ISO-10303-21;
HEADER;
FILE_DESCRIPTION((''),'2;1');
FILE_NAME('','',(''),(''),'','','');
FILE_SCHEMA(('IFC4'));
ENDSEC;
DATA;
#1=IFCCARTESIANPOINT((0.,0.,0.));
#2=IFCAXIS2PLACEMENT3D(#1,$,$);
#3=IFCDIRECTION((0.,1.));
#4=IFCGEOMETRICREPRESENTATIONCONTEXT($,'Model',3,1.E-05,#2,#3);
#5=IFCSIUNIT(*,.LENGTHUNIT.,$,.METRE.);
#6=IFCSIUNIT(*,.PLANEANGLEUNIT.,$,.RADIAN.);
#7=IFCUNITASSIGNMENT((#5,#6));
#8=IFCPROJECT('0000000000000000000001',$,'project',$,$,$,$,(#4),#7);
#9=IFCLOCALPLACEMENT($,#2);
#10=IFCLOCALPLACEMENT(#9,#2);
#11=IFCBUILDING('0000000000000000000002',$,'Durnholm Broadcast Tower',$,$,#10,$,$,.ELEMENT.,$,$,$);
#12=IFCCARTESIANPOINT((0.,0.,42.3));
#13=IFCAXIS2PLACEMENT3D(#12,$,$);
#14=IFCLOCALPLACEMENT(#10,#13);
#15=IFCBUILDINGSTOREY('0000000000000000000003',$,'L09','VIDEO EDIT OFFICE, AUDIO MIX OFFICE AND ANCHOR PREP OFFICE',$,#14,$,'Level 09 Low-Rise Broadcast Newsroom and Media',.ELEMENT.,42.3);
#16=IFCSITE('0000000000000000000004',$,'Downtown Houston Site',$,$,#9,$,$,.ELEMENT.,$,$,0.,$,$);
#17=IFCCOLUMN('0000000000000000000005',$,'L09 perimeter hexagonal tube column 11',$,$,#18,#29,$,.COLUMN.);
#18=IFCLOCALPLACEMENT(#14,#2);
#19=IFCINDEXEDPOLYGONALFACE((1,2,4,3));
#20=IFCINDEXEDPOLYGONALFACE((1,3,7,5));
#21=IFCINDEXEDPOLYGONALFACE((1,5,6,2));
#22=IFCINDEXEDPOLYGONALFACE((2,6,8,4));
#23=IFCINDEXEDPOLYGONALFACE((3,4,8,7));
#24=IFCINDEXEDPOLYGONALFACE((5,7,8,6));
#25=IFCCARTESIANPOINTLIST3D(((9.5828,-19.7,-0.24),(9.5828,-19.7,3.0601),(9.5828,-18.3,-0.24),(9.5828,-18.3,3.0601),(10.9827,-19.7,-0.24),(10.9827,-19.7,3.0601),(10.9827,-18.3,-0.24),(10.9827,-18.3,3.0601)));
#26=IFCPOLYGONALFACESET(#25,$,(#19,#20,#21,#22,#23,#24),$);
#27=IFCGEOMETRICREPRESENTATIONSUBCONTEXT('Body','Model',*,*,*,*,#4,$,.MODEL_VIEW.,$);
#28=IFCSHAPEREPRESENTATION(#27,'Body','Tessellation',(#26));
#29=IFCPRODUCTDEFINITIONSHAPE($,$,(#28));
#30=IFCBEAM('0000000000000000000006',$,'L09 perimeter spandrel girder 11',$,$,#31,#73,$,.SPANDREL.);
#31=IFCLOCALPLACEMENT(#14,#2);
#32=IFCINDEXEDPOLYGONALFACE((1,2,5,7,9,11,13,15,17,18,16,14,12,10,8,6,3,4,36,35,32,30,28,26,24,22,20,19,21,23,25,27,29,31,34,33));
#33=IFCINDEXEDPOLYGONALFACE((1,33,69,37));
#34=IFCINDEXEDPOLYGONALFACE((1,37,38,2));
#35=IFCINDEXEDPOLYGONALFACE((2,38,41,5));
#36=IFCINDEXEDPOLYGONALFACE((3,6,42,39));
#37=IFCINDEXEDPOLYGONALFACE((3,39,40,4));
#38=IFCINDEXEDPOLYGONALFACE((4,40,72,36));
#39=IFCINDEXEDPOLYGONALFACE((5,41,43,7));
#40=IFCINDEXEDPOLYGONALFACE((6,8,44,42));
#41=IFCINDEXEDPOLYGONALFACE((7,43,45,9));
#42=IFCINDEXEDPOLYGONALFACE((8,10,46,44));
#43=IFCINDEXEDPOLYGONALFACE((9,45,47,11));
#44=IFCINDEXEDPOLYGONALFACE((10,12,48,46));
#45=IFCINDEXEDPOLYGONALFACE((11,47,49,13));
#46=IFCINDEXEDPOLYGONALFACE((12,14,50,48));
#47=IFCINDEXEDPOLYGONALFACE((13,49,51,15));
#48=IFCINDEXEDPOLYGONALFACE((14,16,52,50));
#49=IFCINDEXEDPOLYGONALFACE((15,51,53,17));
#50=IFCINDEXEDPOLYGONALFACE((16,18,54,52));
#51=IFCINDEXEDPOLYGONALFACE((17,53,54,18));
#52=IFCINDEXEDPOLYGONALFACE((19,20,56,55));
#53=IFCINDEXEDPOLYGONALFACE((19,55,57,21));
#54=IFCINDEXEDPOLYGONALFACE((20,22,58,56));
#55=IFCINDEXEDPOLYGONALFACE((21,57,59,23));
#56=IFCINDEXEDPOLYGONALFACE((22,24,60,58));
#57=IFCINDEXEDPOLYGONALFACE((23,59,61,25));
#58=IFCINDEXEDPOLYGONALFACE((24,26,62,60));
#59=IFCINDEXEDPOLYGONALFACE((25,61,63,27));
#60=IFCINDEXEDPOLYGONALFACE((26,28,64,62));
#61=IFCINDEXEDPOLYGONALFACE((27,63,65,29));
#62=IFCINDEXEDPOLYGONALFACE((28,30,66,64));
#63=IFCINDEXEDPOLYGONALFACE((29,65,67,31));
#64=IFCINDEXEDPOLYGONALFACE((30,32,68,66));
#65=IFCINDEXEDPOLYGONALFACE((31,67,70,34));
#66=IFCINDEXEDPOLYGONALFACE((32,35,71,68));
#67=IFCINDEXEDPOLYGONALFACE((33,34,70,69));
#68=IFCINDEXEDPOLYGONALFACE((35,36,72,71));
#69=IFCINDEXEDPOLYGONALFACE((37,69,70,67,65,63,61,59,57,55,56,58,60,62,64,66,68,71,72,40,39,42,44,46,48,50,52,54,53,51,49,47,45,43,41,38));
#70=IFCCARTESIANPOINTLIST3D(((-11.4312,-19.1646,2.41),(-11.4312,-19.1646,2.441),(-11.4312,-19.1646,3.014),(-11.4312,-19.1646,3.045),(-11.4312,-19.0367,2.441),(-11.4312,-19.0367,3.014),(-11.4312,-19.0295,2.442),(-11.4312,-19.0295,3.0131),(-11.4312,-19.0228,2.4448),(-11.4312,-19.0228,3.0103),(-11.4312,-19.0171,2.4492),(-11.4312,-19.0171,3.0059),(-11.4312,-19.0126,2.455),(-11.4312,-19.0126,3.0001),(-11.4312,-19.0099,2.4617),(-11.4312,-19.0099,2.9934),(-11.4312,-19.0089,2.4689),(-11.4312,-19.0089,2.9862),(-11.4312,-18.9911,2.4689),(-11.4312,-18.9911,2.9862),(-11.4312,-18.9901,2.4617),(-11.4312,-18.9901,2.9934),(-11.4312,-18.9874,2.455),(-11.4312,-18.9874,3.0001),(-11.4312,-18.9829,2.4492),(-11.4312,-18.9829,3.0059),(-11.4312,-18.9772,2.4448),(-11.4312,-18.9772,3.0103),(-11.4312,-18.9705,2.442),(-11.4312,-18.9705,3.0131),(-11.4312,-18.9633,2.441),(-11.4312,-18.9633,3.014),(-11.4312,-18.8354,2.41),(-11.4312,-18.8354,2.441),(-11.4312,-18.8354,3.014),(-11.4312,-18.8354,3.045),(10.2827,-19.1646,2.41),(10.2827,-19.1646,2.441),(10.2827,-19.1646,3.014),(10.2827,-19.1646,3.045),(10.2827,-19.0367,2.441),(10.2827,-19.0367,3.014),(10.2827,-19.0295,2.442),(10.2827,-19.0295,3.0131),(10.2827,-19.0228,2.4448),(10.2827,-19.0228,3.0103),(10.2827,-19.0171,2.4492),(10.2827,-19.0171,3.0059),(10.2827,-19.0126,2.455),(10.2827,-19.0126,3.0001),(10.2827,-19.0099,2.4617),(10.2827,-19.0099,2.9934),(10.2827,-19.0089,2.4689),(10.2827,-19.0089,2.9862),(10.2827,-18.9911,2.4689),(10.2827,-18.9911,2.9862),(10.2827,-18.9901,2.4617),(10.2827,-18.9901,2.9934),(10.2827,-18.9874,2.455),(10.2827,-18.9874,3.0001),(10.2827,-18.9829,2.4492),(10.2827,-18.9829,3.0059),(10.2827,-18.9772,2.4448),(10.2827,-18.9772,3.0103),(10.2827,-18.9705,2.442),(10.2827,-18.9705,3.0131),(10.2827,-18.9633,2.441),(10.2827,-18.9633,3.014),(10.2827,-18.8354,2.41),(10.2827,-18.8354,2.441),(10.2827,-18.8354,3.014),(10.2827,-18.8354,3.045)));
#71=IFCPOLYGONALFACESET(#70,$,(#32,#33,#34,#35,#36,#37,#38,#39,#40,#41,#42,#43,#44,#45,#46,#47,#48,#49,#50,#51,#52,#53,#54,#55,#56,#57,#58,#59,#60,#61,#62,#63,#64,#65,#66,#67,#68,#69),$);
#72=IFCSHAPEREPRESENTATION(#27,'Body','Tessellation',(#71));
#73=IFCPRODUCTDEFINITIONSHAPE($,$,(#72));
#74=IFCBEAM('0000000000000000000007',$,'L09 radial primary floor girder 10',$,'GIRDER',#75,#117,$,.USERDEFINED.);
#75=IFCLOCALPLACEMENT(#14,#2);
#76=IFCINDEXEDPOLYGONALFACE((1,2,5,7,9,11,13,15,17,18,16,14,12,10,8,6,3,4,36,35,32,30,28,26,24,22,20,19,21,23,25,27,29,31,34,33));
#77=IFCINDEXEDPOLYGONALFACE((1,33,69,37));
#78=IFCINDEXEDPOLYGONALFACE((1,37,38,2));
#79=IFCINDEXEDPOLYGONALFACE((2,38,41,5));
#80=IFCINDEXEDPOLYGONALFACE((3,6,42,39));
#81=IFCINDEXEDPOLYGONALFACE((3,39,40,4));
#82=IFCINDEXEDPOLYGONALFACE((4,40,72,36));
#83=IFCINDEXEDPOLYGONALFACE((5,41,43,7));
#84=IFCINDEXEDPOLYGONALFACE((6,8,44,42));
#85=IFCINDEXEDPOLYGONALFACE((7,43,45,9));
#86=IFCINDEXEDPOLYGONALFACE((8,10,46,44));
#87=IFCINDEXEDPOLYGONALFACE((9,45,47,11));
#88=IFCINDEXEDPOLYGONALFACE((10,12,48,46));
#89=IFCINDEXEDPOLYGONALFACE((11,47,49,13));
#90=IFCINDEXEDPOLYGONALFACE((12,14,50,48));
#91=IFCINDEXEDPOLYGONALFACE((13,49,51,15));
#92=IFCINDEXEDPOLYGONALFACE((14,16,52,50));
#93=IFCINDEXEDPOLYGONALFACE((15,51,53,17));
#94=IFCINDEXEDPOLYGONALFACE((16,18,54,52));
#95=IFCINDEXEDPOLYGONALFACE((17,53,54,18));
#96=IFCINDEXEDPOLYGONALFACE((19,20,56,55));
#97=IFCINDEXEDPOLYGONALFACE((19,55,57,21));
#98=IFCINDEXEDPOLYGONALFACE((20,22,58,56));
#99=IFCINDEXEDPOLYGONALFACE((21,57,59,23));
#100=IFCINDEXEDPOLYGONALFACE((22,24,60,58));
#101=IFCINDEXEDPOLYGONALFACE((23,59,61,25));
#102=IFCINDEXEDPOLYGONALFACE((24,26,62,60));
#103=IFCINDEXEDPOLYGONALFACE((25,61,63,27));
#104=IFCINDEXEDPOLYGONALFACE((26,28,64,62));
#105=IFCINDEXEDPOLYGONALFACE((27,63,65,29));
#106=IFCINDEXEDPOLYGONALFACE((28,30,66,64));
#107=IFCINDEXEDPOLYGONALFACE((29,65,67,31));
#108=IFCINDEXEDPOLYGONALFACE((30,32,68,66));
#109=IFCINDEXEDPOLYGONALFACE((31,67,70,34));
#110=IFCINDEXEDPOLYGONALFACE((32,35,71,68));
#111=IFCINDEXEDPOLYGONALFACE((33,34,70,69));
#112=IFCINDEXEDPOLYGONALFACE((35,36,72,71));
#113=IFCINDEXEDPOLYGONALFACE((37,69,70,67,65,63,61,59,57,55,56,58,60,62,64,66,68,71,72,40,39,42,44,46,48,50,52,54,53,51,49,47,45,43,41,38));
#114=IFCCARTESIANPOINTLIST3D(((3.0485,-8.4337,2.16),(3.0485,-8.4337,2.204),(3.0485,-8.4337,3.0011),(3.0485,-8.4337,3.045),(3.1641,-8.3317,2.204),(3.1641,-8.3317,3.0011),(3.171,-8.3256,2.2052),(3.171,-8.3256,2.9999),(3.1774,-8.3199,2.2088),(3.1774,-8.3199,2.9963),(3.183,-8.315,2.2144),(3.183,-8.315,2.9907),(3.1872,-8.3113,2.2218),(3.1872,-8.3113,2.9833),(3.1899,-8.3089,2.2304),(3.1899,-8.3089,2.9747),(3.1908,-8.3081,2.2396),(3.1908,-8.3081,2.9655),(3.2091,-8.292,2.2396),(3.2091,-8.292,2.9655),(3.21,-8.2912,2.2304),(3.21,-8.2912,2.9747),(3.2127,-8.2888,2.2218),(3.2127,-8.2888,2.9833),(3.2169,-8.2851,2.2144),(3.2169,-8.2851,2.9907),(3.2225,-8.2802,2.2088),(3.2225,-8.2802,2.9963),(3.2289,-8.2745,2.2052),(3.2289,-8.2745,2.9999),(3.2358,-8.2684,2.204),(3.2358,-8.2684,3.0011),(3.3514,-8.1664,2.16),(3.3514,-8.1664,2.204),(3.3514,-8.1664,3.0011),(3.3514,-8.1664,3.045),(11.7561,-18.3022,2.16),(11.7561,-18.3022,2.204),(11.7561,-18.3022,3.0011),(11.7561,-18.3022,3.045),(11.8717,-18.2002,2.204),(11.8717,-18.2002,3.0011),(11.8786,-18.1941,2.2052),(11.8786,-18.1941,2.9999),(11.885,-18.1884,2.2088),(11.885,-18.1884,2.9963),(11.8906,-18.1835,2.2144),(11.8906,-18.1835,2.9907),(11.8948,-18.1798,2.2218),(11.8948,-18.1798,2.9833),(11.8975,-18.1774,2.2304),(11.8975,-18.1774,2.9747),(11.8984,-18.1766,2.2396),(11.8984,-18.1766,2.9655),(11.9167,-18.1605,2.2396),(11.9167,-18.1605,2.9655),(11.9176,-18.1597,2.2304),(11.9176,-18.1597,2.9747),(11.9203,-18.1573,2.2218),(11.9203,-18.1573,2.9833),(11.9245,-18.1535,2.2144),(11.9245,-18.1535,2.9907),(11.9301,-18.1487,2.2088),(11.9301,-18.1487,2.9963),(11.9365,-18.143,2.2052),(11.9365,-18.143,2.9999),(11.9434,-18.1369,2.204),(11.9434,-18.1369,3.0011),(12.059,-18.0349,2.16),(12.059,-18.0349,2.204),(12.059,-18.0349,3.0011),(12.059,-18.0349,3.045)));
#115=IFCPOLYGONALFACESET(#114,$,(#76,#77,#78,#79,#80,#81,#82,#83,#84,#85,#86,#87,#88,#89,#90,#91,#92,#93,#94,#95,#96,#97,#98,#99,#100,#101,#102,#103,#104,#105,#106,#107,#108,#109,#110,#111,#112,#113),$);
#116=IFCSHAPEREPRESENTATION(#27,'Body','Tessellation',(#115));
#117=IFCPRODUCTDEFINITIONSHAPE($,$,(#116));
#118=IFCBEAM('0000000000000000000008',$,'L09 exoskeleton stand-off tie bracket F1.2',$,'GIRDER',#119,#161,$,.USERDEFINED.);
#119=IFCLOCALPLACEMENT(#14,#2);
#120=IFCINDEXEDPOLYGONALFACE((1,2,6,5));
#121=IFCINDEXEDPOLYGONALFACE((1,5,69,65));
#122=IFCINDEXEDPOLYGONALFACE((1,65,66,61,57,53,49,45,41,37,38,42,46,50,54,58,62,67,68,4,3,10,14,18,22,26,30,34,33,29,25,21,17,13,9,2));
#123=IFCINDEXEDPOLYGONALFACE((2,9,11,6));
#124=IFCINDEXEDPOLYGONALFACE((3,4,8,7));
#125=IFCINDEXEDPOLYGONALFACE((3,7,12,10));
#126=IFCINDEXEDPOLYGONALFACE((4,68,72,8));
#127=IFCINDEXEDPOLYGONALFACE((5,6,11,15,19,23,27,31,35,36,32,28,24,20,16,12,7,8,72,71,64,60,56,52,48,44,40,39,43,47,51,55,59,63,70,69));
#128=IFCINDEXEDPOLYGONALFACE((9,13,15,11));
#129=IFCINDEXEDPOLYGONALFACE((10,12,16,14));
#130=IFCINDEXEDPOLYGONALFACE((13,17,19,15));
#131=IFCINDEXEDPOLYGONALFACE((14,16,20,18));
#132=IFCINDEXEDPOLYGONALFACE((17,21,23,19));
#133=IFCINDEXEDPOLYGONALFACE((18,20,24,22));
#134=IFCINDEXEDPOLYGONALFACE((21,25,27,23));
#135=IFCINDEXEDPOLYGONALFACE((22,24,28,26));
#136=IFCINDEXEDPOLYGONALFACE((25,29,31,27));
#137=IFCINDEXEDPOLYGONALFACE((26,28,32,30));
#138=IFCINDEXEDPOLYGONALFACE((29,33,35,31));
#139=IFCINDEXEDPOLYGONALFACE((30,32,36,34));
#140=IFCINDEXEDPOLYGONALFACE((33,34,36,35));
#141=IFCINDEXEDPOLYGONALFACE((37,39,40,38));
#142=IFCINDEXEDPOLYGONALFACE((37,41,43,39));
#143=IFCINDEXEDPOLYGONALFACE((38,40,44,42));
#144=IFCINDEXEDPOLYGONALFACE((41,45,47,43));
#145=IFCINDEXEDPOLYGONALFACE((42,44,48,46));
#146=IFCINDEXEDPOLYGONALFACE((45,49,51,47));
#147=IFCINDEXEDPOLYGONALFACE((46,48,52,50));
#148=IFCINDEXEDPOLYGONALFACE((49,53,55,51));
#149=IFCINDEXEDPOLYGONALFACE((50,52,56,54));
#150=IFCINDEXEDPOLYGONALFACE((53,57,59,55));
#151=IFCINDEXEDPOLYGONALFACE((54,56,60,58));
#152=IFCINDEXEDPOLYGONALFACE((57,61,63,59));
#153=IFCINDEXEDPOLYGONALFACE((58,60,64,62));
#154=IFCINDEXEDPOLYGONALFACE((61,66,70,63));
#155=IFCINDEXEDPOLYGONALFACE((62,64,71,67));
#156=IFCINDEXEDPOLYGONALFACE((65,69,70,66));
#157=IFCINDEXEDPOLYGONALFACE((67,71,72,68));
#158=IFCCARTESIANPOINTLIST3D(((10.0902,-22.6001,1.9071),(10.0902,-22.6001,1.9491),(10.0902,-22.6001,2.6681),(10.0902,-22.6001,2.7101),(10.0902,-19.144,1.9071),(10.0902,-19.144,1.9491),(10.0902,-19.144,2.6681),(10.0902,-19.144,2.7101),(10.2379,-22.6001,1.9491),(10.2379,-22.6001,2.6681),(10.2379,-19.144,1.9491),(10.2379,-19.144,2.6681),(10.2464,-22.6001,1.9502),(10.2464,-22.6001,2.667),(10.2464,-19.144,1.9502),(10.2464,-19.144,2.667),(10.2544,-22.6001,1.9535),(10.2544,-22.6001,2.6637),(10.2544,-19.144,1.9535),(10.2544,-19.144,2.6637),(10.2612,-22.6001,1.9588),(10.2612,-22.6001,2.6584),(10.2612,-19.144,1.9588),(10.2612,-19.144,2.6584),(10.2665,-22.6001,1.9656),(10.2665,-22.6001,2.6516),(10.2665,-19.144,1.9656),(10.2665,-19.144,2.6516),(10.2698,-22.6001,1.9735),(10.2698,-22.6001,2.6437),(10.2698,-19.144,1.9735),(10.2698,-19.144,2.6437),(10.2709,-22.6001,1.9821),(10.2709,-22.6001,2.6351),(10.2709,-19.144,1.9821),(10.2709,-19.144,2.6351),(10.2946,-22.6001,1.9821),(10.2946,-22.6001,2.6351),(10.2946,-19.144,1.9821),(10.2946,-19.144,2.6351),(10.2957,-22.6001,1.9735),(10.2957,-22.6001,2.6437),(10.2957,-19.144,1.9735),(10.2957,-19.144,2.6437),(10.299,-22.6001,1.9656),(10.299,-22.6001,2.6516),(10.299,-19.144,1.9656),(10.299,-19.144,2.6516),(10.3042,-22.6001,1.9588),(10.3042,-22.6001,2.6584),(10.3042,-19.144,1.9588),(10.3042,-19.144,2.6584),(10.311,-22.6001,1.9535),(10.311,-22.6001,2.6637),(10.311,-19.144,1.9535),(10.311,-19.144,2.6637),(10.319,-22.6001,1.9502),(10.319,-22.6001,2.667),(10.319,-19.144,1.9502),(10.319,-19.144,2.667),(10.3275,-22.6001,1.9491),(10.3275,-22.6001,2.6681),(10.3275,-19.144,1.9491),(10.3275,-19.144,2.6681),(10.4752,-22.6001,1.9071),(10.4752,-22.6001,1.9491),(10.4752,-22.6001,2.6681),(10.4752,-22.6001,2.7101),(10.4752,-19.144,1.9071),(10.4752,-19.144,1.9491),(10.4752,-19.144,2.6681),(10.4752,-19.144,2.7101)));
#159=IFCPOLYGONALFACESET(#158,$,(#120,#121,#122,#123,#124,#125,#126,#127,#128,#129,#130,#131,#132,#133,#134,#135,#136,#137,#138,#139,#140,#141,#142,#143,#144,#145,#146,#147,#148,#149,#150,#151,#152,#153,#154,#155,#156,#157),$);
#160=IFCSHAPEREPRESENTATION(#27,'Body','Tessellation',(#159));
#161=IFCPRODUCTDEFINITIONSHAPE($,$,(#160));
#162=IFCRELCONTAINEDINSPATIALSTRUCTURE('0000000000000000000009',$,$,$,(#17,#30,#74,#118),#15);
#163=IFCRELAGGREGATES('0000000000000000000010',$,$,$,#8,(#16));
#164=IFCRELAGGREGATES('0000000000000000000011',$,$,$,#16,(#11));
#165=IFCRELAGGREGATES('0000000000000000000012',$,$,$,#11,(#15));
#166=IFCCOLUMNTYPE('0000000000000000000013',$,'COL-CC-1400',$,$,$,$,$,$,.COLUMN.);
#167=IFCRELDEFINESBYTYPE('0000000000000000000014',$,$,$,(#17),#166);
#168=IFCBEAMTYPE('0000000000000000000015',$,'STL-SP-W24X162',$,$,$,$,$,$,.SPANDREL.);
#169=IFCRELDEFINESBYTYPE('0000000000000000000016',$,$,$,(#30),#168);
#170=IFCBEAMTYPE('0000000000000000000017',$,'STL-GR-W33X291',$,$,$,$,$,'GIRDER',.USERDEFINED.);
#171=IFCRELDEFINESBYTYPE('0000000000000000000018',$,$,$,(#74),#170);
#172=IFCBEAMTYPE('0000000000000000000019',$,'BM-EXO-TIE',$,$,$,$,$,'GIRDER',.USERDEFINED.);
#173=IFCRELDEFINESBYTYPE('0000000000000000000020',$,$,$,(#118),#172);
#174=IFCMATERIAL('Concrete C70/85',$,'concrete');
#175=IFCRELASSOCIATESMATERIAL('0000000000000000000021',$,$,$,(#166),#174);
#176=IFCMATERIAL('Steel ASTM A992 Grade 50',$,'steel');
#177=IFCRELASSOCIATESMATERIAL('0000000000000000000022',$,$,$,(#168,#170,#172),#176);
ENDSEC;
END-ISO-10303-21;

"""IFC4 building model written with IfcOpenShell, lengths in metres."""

from ifc_helpers import new_model, si_unit, direction, frame, origin, origin_2d, place, context, subcontext, project, spatial, rectangle, i_section, extrude, source, transform, mapped, material, material_profile, profile_set, type_object, type_shapes, element, save


model = new_model("IFC4")

# Units and contexts
model_context = context("Model", 3, precision=1e-05, world=origin(), true_north=direction((0.0, 1.0)))
body_context = subcontext(model_context, "Body", "Model", "MODEL_VIEW")
ifc_project = project(units=[si_unit("LENGTHUNIT", "METRE"), si_unit("PLANEANGLEUNIT", "RADIAN")], contexts=[model_context])

# Site, building, storey
site_placement = place(None, origin())
site = spatial("IfcSite", under=ifc_project, at=site_placement, Name="Downtown Houston Site", CompositionType="ELEMENT", RefElevation=0.0)
building_placement = place(site_placement, origin())
building = spatial("IfcBuilding", under=site, at=building_placement, Name="Durnholm Broadcast Tower", CompositionType="ELEMENT")
storey_placement = place(building_placement, frame((0.0, 0.0, 42.3)))
storey = spatial("IfcBuildingStorey", under=building, at=storey_placement, Name="L09", Description="VIDEO EDIT OFFICE, AUDIO MIX OFFICE AND ANCHOR PREP OFFICE", LongName="Level 09 Low-Rise Broadcast Newsroom and Media", CompositionType="ELEMENT", Elevation=42.3)

# Column
ifc_material_1 = material(Name="Concrete C70/85", Category="concrete")
ifc_material_profile_1 = material_profile(ifc_material_1, rectangle(XDim=1.3999, YDim=1.3999, at=origin_2d()), Name="RC1400X1400")
ifc_profile_set_1 = profile_set([ifc_material_profile_1], Name="Concrete C70/85")
column_type = type_object("IfcColumnType", Name="COL-CC-1400", PredefinedType="COLUMN", material=ifc_profile_set_1)
shared_shape_1 = source(origin(), body_context, "Body", "SweptSolid", [
    extrude(rectangle(XDim=1.3999, YDim=1.3999, at=origin_2d()), origin(), (0.0, 0.0, 1.0), 3.3),
])
type_shapes(column_type, [shared_shape_1])
column_placement = place(storey_placement, frame((10.2827, -19.0, -0.24), z_axis=(0.0, 0.0, 1.0), x_axis=(1.0, 0.0, 0.0)))
element("IfcColumn", 1, at=column_placement, inside=storey, type_object=column_type, Name="L09 perimeter hexagonal tube column 11", PredefinedType="COLUMN", context=body_context, shape_type="MappedRepresentation", body=[
    mapped(shared_shape_1, transform((0.0, 0.0, 0.0), x_axis=(1.0, 0.0, 0.0), y_axis=(0.0, 1.0, 0.0), z_axis=(0.0, 0.0, 1.0), scale=1.0)),
])

# Beams
ifc_material_2 = material(Name="Steel ASTM A992 Grade 50", Category="steel")
ifc_material_profile_2 = material_profile(ifc_material_2, i_section(OverallWidth=0.3291, OverallDepth=0.635, WebThickness=0.0178, FlangeThickness=0.031, FilletRadius=0.0278, at=origin_2d()), Name="W24X162")
ifc_profile_set_2 = profile_set([ifc_material_profile_2], Name="Steel ASTM A992 Grade 50")
beam_type_1 = type_object("IfcBeamType", Name="STL-SP-W24X162", PredefinedType="SPANDREL", material=ifc_profile_set_2)
shared_shape_2 = source(origin(), body_context, "Body", "SweptSolid", [
    extrude(i_section(OverallWidth=0.3291, OverallDepth=0.635, WebThickness=0.0178, FlangeThickness=0.031, FilletRadius=0.0278, at=origin_2d()), origin(), (0.0, 0.0, 1.0), 21.7139),
])
type_shapes(beam_type_1, [shared_shape_2])
beam_1_placement = place(storey_placement, frame((10.2827, -19.0, 2.7275), z_axis=(-1.0, 0.0, 0.0), x_axis=(0.0, -1.0, 0.0)))
element("IfcBeam", 2, at=beam_1_placement, inside=storey, type_object=beam_type_1, Name="L09 perimeter spandrel girder 11", PredefinedType="SPANDREL", context=body_context, shape_type="MappedRepresentation", body=[
    mapped(shared_shape_2, transform((0.0, 0.0, 0.0), x_axis=(1.0, 0.0, 0.0), y_axis=(0.0, 1.0, 0.0), z_axis=(0.0, 0.0, 1.0), scale=1.0)),
])
ifc_material_profile_3 = material_profile(ifc_material_2, i_section(OverallWidth=0.4041, OverallDepth=0.885, WebThickness=0.0244, FlangeThickness=0.0439, FilletRadius=0.0356, at=origin_2d()), Name="W33X291")
ifc_profile_set_3 = profile_set([ifc_material_profile_3], Name="Steel ASTM A992 Grade 50")
beam_type_2 = type_object("IfcBeamType", Name="STL-GR-W33X291", ElementType="GIRDER", PredefinedType="USERDEFINED", material=ifc_profile_set_3)
shared_shape_3 = source(origin(), body_context, "Body", "SweptSolid", [
    extrude(i_section(OverallWidth=0.4041, OverallDepth=0.885, WebThickness=0.0244, FlangeThickness=0.0439, FilletRadius=0.0356, at=origin_2d()), origin(), (0.0, 0.0, 1.0), 13.1609),
])
type_shapes(beam_type_2, [shared_shape_3])
beam_2_placement = place(storey_placement, frame((3.2, -8.3, 2.6025), z_axis=(0.661626, -0.749834, 0.0), x_axis=(0.749834, 0.661626, 0.0)))
element("IfcBeam", 3, at=beam_2_placement, inside=storey, type_object=beam_type_2, Name="L09 radial primary floor girder 10", ObjectType="GIRDER", PredefinedType="USERDEFINED", context=body_context, shape_type="MappedRepresentation", body=[
    mapped(shared_shape_3, transform((0.0, 0.0, 0.0), x_axis=(1.0, 0.0, 0.0), y_axis=(0.0, 1.0, 0.0), z_axis=(0.0, 0.0, 1.0), scale=1.0)),
])
ifc_material_profile_4 = material_profile(ifc_material_2, i_section(OverallWidth=0.385, OverallDepth=0.803, WebThickness=0.0237, FlangeThickness=0.042, FilletRadius=0.033, at=origin_2d()), Name="W30X261")
ifc_profile_set_4 = profile_set([ifc_material_profile_4], Name="Steel ASTM A992 Grade 50")
beam_type_3 = type_object("IfcBeamType", Name="BM-EXO-TIE", ElementType="GIRDER", PredefinedType="USERDEFINED", material=ifc_profile_set_4)
shared_shape_4 = source(origin(), body_context, "Body", "SweptSolid", [
    extrude(i_section(OverallWidth=0.385, OverallDepth=0.803, WebThickness=0.0237, FlangeThickness=0.042, FilletRadius=0.033, at=origin_2d()), origin(), (0.0, 0.0, 1.0), 3.4561),
])
type_shapes(beam_type_3, [shared_shape_4])
beam_3_placement = place(storey_placement, frame((10.2827, -19.144, 2.3086), z_axis=(0.0, -1.0, 0.0), x_axis=(1.0, 0.0, 0.0)))
element("IfcBeam", 4, at=beam_3_placement, inside=storey, type_object=beam_type_3, Name="L09 exoskeleton stand-off tie bracket F1.2", ObjectType="GIRDER", PredefinedType="USERDEFINED", context=body_context, shape_type="MappedRepresentation", body=[
    mapped(shared_shape_4, transform((0.0, 0.0, 0.0), x_axis=(1.0, 0.0, 0.0), y_axis=(0.0, 1.0, 0.0), z_axis=(0.0, 0.0, 1.0), scale=1.0)),
])

save(model, "model.ifc")
